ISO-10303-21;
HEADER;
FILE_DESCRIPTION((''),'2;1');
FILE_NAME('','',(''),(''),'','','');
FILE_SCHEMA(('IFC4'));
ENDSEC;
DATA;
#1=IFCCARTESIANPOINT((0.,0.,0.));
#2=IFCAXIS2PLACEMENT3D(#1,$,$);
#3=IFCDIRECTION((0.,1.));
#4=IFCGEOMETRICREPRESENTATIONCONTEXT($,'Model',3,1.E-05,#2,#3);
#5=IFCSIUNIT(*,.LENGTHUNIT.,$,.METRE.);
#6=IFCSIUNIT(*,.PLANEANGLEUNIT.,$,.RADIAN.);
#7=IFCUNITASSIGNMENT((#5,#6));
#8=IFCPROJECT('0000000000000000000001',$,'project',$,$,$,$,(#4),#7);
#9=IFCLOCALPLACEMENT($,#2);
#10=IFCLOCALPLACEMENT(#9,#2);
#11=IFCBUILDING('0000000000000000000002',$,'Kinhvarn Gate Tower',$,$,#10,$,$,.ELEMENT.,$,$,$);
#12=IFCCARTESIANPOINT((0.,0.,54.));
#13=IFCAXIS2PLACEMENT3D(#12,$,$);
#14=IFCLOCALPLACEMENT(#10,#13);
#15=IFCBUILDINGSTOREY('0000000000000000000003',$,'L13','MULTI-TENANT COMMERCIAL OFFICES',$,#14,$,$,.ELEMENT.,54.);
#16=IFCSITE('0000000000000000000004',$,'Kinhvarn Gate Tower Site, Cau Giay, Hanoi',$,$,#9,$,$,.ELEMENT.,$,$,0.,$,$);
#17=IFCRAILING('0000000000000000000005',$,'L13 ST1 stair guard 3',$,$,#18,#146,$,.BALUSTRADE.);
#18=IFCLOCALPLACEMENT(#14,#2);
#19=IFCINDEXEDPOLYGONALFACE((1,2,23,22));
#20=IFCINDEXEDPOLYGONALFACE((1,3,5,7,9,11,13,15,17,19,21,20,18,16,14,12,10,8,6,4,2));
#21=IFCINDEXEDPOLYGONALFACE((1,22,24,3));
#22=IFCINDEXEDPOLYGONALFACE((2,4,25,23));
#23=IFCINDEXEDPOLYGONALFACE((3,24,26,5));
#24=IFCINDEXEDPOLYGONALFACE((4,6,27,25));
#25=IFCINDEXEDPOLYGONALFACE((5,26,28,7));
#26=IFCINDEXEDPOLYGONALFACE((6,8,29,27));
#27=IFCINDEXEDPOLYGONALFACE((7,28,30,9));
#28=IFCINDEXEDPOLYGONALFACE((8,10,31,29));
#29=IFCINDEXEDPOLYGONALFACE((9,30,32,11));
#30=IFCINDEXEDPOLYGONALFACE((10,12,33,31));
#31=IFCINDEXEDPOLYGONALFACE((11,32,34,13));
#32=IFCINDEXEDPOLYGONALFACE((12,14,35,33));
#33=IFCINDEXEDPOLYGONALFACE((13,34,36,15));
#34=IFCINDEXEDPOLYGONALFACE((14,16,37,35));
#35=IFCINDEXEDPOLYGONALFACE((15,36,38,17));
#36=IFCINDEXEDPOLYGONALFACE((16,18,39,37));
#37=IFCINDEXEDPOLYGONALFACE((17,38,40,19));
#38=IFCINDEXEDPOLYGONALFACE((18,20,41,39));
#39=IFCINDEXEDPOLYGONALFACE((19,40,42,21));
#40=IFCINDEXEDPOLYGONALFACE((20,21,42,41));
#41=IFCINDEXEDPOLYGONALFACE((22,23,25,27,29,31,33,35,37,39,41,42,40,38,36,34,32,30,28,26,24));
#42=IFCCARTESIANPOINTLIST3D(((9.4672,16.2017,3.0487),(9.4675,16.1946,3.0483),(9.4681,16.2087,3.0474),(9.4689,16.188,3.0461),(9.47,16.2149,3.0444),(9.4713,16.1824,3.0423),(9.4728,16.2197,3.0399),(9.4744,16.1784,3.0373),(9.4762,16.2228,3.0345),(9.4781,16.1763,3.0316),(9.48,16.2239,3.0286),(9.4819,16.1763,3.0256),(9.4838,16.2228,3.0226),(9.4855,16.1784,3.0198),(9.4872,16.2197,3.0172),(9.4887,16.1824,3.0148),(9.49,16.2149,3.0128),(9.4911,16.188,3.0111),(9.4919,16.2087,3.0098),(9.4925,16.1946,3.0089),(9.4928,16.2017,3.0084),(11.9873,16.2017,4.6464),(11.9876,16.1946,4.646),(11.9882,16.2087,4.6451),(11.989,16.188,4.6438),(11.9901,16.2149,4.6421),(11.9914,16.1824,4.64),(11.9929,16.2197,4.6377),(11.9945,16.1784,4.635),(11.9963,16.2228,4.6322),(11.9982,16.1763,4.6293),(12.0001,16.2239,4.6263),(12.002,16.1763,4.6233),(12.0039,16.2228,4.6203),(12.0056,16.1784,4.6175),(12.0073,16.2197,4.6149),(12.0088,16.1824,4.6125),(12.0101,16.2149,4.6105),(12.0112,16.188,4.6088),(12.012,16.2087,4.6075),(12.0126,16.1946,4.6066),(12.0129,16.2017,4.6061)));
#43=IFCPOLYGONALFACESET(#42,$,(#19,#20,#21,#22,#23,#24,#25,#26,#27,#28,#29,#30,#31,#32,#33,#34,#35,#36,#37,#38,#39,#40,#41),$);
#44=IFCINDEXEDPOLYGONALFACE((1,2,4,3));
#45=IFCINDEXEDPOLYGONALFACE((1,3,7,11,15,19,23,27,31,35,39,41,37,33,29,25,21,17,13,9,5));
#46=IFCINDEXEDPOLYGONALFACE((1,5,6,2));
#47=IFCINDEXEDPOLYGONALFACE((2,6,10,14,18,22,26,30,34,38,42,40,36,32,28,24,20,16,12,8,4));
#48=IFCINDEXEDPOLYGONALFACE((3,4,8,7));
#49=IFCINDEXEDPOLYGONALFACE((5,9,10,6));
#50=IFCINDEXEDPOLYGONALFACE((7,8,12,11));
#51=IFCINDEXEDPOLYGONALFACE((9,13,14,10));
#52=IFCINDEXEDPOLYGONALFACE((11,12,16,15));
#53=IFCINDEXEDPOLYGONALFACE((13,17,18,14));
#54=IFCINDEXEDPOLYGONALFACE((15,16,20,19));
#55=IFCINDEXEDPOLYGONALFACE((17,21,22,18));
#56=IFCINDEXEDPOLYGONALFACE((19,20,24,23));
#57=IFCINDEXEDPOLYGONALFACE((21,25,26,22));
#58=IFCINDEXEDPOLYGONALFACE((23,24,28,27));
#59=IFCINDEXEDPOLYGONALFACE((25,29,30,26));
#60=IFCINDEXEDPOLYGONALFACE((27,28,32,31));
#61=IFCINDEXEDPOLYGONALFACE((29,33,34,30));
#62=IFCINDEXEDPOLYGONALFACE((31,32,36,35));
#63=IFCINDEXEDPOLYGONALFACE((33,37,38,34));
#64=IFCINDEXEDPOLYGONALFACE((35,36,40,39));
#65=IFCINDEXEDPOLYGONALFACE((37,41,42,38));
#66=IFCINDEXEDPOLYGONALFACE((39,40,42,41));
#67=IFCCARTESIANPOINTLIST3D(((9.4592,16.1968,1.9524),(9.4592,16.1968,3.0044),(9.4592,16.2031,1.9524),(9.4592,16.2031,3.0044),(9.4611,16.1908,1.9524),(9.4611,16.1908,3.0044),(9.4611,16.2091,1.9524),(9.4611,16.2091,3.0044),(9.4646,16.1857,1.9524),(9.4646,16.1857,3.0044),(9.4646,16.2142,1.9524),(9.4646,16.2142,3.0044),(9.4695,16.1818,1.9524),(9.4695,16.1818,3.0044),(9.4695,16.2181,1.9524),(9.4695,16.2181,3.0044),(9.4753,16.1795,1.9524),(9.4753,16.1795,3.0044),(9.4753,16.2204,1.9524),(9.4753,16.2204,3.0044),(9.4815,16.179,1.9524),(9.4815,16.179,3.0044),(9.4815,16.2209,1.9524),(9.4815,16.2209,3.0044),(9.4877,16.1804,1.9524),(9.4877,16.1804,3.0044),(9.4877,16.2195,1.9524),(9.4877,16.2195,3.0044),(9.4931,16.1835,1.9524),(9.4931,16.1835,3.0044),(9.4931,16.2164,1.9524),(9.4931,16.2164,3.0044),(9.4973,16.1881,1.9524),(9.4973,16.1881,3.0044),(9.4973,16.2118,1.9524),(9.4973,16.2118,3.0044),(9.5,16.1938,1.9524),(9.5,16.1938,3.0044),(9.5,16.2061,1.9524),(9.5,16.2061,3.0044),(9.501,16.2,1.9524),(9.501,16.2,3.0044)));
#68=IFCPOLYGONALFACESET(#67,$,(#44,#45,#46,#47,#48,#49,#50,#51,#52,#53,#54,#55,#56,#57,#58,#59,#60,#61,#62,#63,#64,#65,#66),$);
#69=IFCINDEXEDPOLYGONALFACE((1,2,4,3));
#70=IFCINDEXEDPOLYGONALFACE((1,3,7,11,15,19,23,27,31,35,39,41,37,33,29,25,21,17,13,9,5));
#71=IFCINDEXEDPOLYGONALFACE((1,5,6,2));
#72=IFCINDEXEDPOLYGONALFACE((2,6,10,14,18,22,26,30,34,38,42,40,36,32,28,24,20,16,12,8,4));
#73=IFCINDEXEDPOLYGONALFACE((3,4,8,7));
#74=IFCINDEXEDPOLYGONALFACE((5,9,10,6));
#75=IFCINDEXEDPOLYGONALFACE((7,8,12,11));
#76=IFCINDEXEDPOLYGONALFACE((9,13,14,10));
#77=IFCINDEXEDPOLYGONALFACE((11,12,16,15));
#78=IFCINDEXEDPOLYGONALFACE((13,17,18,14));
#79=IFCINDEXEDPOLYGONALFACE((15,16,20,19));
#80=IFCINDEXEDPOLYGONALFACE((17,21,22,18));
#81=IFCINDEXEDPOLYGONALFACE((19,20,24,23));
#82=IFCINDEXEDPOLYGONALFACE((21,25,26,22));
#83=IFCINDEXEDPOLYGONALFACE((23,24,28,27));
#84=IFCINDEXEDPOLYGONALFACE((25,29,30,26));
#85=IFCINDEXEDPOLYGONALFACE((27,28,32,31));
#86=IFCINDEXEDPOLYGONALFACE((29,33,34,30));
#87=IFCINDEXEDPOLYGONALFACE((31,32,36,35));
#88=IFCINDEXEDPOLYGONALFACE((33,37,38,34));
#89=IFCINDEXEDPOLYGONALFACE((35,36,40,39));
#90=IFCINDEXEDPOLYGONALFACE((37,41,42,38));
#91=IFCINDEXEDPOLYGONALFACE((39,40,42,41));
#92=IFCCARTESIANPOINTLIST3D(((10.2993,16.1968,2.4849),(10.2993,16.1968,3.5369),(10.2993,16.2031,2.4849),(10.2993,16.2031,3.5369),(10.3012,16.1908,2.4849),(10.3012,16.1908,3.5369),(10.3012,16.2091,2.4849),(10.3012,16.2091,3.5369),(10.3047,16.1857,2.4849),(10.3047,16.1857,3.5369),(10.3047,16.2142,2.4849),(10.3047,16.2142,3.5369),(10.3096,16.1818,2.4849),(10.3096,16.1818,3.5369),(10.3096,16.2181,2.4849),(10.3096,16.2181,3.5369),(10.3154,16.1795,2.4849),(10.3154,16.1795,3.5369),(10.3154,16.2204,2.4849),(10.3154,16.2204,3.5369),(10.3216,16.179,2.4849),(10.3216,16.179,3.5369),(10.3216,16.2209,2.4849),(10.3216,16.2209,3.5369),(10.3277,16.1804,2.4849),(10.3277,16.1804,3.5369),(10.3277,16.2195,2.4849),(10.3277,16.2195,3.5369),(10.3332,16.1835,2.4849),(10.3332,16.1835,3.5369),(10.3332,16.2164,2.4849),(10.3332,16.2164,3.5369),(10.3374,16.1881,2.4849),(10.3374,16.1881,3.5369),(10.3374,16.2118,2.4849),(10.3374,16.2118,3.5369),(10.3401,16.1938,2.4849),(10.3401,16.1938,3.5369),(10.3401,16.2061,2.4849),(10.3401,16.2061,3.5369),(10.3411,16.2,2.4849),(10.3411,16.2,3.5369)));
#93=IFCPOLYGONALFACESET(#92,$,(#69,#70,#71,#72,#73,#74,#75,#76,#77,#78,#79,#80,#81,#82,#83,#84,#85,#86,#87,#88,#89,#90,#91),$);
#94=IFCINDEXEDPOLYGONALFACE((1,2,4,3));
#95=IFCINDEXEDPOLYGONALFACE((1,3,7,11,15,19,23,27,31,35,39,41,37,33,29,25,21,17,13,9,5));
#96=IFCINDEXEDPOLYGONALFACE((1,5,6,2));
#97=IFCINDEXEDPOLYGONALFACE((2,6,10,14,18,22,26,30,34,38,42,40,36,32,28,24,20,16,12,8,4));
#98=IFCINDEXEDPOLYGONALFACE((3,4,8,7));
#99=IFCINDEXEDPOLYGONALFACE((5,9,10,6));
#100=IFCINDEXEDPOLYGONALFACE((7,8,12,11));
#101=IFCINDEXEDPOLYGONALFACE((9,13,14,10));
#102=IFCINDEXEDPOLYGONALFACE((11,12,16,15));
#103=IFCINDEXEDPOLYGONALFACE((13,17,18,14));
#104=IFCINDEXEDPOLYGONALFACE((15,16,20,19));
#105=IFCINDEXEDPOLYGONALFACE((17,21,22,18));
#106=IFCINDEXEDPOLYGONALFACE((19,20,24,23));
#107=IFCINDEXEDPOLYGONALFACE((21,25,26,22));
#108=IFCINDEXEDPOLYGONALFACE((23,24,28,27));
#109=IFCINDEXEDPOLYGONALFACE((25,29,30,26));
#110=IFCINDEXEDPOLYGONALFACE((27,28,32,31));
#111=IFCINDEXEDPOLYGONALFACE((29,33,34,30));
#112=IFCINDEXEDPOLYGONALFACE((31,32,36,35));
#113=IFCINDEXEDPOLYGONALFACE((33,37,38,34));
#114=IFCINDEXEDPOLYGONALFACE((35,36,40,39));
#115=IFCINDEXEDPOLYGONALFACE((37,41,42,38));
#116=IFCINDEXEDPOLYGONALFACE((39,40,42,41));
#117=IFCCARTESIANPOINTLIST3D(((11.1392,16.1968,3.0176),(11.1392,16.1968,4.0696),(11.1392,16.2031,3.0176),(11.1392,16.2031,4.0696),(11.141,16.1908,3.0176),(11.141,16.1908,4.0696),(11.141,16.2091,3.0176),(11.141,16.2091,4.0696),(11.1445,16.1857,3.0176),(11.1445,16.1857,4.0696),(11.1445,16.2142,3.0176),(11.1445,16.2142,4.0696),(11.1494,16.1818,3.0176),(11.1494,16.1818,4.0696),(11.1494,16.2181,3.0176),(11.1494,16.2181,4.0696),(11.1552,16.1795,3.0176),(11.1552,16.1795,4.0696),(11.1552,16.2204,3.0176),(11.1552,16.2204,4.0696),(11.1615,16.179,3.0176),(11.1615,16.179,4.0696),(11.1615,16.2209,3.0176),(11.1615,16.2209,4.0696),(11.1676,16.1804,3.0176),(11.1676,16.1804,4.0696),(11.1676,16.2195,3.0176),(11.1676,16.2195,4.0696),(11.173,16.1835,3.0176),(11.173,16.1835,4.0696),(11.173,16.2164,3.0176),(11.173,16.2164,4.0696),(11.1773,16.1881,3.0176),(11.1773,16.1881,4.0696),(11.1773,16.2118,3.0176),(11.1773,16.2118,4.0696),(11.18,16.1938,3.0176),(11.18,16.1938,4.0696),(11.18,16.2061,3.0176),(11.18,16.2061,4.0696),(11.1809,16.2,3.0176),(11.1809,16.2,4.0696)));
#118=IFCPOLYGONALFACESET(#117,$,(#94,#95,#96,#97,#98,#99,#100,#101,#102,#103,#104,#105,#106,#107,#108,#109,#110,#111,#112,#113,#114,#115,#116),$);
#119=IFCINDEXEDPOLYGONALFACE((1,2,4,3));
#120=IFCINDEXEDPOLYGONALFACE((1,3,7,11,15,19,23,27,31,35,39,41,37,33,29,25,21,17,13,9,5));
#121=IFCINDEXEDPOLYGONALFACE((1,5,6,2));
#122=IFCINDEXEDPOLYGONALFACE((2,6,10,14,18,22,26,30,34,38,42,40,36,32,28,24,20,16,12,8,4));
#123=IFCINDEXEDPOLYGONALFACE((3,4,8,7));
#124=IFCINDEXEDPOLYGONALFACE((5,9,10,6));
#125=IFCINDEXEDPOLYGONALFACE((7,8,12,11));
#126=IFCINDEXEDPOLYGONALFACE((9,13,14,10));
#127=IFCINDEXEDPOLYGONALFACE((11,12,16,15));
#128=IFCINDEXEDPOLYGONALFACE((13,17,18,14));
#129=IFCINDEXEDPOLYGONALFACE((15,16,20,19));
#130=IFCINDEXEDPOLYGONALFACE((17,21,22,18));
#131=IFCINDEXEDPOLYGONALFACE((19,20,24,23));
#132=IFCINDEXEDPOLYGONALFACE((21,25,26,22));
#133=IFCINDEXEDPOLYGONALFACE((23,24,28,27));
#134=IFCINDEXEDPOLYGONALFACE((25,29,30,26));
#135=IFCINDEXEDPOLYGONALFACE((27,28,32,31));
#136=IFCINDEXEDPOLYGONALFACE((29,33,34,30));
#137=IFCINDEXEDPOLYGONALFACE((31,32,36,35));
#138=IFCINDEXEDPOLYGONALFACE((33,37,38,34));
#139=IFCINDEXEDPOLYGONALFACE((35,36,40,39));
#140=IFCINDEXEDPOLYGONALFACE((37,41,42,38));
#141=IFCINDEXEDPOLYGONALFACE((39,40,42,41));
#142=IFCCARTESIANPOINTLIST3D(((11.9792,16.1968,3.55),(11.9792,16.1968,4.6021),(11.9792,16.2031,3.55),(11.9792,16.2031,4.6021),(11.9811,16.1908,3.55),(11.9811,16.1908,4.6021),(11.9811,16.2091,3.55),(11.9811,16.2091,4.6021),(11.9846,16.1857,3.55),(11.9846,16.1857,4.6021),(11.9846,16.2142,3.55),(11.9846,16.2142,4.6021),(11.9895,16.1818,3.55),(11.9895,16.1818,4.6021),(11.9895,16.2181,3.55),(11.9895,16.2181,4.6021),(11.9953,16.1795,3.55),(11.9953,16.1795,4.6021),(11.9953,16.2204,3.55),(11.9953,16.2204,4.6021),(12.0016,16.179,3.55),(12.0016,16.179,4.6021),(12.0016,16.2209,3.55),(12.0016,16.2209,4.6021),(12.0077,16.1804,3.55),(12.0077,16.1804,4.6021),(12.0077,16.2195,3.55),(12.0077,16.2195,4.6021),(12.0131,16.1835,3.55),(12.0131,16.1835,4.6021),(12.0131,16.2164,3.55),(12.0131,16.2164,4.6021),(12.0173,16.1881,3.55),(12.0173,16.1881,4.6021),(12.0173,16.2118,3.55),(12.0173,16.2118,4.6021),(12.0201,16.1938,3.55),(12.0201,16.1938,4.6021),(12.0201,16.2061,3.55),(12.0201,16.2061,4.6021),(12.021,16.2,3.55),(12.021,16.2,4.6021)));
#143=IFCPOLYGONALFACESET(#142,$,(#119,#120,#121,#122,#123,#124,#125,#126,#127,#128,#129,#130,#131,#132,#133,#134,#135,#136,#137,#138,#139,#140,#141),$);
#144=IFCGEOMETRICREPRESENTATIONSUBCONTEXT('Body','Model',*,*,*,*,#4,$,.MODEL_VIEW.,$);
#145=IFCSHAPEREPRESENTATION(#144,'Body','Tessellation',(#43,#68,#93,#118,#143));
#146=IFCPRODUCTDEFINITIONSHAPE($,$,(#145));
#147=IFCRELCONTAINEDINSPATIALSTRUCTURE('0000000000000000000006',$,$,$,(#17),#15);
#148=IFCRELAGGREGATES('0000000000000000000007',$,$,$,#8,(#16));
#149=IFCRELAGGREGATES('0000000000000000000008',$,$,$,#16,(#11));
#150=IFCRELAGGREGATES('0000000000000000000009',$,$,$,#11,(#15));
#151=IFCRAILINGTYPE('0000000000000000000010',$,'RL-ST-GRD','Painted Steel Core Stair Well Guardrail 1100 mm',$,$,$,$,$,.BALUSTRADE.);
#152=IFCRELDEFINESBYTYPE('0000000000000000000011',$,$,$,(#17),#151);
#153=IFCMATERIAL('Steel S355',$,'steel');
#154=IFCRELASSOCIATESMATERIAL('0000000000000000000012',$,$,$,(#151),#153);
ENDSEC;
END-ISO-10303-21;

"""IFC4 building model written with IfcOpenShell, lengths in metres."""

from ifc_helpers import new_model, si_unit, direction, frame, origin, origin_2d, place, context, subcontext, project, spatial, circle, extrude, material, type_object, element, save


model = new_model("IFC4")

# Units and contexts
model_context = context("Model", 3, precision=1e-05, world=origin(), true_north=direction((0.0, 1.0)))
body_context = subcontext(model_context, "Body", "Model", "MODEL_VIEW")
ifc_project = project(units=[si_unit("LENGTHUNIT", "METRE"), si_unit("PLANEANGLEUNIT", "RADIAN")], contexts=[model_context])

# Site, building, storey
site_placement = place(None, origin())
site = spatial("IfcSite", under=ifc_project, at=site_placement, Name="Kinhvarn Gate Tower Site, Cau Giay, Hanoi", CompositionType="ELEMENT", RefElevation=0.0)
building_placement = place(site_placement, origin())
building = spatial("IfcBuilding", under=site, at=building_placement, Name="Kinhvarn Gate Tower", CompositionType="ELEMENT")
storey_placement = place(building_placement, frame((0.0, 0.0, 54.0)))
storey = spatial("IfcBuildingStorey", under=building, at=storey_placement, Name="L13", Description="MULTI-TENANT COMMERCIAL OFFICES", CompositionType="ELEMENT", Elevation=54.0)

# Shared definitions
ifc_material_1 = material(Name="Steel S355", Category="steel")

# Railing
railing_type_1 = type_object("IfcRailingType", Name="RL-ST-GRD", Description="Painted Steel Core Stair Well Guardrail 1100 mm", PredefinedType="BALUSTRADE", material=ifc_material_1)
railing_1_placement = place(storey_placement, frame((9.48, 16.2, 1.9524)))
element("IfcRailing", 1, at=railing_1_placement, inside=storey, type_object=railing_type_1, Name="L13 ST1 stair guard 3", PredefinedType="BALUSTRADE", context=body_context, shape_type="SweptSolid", body=[
    extrude(circle(Radius=0.0239, at=origin_2d()), frame((0.0, 0.0, 1.0762), z_axis=(0.84457, 0.0, 0.535445), x_axis=(0.0, 1.0, 0.0)), (0.0, 0.0, 1.0), 2.9839),
    extrude(circle(Radius=0.021, at=origin_2d()), origin(), (0.0, 0.0, 1.0), 1.052),
    extrude(circle(Radius=0.021, at=origin_2d()), frame((0.8401, 0.0, 0.5325)), (0.0, 0.0, 1.0), 1.052),
    extrude(circle(Radius=0.021, at=origin_2d()), frame((1.6799, 0.0, 1.0652)), (0.0, 0.0, 1.0), 1.052),
    extrude(circle(Radius=0.021, at=origin_2d()), frame((2.52, 0.0, 1.5977)), (0.0, 0.0, 1.0), 1.052),
])

save(model, "model.ifc")
